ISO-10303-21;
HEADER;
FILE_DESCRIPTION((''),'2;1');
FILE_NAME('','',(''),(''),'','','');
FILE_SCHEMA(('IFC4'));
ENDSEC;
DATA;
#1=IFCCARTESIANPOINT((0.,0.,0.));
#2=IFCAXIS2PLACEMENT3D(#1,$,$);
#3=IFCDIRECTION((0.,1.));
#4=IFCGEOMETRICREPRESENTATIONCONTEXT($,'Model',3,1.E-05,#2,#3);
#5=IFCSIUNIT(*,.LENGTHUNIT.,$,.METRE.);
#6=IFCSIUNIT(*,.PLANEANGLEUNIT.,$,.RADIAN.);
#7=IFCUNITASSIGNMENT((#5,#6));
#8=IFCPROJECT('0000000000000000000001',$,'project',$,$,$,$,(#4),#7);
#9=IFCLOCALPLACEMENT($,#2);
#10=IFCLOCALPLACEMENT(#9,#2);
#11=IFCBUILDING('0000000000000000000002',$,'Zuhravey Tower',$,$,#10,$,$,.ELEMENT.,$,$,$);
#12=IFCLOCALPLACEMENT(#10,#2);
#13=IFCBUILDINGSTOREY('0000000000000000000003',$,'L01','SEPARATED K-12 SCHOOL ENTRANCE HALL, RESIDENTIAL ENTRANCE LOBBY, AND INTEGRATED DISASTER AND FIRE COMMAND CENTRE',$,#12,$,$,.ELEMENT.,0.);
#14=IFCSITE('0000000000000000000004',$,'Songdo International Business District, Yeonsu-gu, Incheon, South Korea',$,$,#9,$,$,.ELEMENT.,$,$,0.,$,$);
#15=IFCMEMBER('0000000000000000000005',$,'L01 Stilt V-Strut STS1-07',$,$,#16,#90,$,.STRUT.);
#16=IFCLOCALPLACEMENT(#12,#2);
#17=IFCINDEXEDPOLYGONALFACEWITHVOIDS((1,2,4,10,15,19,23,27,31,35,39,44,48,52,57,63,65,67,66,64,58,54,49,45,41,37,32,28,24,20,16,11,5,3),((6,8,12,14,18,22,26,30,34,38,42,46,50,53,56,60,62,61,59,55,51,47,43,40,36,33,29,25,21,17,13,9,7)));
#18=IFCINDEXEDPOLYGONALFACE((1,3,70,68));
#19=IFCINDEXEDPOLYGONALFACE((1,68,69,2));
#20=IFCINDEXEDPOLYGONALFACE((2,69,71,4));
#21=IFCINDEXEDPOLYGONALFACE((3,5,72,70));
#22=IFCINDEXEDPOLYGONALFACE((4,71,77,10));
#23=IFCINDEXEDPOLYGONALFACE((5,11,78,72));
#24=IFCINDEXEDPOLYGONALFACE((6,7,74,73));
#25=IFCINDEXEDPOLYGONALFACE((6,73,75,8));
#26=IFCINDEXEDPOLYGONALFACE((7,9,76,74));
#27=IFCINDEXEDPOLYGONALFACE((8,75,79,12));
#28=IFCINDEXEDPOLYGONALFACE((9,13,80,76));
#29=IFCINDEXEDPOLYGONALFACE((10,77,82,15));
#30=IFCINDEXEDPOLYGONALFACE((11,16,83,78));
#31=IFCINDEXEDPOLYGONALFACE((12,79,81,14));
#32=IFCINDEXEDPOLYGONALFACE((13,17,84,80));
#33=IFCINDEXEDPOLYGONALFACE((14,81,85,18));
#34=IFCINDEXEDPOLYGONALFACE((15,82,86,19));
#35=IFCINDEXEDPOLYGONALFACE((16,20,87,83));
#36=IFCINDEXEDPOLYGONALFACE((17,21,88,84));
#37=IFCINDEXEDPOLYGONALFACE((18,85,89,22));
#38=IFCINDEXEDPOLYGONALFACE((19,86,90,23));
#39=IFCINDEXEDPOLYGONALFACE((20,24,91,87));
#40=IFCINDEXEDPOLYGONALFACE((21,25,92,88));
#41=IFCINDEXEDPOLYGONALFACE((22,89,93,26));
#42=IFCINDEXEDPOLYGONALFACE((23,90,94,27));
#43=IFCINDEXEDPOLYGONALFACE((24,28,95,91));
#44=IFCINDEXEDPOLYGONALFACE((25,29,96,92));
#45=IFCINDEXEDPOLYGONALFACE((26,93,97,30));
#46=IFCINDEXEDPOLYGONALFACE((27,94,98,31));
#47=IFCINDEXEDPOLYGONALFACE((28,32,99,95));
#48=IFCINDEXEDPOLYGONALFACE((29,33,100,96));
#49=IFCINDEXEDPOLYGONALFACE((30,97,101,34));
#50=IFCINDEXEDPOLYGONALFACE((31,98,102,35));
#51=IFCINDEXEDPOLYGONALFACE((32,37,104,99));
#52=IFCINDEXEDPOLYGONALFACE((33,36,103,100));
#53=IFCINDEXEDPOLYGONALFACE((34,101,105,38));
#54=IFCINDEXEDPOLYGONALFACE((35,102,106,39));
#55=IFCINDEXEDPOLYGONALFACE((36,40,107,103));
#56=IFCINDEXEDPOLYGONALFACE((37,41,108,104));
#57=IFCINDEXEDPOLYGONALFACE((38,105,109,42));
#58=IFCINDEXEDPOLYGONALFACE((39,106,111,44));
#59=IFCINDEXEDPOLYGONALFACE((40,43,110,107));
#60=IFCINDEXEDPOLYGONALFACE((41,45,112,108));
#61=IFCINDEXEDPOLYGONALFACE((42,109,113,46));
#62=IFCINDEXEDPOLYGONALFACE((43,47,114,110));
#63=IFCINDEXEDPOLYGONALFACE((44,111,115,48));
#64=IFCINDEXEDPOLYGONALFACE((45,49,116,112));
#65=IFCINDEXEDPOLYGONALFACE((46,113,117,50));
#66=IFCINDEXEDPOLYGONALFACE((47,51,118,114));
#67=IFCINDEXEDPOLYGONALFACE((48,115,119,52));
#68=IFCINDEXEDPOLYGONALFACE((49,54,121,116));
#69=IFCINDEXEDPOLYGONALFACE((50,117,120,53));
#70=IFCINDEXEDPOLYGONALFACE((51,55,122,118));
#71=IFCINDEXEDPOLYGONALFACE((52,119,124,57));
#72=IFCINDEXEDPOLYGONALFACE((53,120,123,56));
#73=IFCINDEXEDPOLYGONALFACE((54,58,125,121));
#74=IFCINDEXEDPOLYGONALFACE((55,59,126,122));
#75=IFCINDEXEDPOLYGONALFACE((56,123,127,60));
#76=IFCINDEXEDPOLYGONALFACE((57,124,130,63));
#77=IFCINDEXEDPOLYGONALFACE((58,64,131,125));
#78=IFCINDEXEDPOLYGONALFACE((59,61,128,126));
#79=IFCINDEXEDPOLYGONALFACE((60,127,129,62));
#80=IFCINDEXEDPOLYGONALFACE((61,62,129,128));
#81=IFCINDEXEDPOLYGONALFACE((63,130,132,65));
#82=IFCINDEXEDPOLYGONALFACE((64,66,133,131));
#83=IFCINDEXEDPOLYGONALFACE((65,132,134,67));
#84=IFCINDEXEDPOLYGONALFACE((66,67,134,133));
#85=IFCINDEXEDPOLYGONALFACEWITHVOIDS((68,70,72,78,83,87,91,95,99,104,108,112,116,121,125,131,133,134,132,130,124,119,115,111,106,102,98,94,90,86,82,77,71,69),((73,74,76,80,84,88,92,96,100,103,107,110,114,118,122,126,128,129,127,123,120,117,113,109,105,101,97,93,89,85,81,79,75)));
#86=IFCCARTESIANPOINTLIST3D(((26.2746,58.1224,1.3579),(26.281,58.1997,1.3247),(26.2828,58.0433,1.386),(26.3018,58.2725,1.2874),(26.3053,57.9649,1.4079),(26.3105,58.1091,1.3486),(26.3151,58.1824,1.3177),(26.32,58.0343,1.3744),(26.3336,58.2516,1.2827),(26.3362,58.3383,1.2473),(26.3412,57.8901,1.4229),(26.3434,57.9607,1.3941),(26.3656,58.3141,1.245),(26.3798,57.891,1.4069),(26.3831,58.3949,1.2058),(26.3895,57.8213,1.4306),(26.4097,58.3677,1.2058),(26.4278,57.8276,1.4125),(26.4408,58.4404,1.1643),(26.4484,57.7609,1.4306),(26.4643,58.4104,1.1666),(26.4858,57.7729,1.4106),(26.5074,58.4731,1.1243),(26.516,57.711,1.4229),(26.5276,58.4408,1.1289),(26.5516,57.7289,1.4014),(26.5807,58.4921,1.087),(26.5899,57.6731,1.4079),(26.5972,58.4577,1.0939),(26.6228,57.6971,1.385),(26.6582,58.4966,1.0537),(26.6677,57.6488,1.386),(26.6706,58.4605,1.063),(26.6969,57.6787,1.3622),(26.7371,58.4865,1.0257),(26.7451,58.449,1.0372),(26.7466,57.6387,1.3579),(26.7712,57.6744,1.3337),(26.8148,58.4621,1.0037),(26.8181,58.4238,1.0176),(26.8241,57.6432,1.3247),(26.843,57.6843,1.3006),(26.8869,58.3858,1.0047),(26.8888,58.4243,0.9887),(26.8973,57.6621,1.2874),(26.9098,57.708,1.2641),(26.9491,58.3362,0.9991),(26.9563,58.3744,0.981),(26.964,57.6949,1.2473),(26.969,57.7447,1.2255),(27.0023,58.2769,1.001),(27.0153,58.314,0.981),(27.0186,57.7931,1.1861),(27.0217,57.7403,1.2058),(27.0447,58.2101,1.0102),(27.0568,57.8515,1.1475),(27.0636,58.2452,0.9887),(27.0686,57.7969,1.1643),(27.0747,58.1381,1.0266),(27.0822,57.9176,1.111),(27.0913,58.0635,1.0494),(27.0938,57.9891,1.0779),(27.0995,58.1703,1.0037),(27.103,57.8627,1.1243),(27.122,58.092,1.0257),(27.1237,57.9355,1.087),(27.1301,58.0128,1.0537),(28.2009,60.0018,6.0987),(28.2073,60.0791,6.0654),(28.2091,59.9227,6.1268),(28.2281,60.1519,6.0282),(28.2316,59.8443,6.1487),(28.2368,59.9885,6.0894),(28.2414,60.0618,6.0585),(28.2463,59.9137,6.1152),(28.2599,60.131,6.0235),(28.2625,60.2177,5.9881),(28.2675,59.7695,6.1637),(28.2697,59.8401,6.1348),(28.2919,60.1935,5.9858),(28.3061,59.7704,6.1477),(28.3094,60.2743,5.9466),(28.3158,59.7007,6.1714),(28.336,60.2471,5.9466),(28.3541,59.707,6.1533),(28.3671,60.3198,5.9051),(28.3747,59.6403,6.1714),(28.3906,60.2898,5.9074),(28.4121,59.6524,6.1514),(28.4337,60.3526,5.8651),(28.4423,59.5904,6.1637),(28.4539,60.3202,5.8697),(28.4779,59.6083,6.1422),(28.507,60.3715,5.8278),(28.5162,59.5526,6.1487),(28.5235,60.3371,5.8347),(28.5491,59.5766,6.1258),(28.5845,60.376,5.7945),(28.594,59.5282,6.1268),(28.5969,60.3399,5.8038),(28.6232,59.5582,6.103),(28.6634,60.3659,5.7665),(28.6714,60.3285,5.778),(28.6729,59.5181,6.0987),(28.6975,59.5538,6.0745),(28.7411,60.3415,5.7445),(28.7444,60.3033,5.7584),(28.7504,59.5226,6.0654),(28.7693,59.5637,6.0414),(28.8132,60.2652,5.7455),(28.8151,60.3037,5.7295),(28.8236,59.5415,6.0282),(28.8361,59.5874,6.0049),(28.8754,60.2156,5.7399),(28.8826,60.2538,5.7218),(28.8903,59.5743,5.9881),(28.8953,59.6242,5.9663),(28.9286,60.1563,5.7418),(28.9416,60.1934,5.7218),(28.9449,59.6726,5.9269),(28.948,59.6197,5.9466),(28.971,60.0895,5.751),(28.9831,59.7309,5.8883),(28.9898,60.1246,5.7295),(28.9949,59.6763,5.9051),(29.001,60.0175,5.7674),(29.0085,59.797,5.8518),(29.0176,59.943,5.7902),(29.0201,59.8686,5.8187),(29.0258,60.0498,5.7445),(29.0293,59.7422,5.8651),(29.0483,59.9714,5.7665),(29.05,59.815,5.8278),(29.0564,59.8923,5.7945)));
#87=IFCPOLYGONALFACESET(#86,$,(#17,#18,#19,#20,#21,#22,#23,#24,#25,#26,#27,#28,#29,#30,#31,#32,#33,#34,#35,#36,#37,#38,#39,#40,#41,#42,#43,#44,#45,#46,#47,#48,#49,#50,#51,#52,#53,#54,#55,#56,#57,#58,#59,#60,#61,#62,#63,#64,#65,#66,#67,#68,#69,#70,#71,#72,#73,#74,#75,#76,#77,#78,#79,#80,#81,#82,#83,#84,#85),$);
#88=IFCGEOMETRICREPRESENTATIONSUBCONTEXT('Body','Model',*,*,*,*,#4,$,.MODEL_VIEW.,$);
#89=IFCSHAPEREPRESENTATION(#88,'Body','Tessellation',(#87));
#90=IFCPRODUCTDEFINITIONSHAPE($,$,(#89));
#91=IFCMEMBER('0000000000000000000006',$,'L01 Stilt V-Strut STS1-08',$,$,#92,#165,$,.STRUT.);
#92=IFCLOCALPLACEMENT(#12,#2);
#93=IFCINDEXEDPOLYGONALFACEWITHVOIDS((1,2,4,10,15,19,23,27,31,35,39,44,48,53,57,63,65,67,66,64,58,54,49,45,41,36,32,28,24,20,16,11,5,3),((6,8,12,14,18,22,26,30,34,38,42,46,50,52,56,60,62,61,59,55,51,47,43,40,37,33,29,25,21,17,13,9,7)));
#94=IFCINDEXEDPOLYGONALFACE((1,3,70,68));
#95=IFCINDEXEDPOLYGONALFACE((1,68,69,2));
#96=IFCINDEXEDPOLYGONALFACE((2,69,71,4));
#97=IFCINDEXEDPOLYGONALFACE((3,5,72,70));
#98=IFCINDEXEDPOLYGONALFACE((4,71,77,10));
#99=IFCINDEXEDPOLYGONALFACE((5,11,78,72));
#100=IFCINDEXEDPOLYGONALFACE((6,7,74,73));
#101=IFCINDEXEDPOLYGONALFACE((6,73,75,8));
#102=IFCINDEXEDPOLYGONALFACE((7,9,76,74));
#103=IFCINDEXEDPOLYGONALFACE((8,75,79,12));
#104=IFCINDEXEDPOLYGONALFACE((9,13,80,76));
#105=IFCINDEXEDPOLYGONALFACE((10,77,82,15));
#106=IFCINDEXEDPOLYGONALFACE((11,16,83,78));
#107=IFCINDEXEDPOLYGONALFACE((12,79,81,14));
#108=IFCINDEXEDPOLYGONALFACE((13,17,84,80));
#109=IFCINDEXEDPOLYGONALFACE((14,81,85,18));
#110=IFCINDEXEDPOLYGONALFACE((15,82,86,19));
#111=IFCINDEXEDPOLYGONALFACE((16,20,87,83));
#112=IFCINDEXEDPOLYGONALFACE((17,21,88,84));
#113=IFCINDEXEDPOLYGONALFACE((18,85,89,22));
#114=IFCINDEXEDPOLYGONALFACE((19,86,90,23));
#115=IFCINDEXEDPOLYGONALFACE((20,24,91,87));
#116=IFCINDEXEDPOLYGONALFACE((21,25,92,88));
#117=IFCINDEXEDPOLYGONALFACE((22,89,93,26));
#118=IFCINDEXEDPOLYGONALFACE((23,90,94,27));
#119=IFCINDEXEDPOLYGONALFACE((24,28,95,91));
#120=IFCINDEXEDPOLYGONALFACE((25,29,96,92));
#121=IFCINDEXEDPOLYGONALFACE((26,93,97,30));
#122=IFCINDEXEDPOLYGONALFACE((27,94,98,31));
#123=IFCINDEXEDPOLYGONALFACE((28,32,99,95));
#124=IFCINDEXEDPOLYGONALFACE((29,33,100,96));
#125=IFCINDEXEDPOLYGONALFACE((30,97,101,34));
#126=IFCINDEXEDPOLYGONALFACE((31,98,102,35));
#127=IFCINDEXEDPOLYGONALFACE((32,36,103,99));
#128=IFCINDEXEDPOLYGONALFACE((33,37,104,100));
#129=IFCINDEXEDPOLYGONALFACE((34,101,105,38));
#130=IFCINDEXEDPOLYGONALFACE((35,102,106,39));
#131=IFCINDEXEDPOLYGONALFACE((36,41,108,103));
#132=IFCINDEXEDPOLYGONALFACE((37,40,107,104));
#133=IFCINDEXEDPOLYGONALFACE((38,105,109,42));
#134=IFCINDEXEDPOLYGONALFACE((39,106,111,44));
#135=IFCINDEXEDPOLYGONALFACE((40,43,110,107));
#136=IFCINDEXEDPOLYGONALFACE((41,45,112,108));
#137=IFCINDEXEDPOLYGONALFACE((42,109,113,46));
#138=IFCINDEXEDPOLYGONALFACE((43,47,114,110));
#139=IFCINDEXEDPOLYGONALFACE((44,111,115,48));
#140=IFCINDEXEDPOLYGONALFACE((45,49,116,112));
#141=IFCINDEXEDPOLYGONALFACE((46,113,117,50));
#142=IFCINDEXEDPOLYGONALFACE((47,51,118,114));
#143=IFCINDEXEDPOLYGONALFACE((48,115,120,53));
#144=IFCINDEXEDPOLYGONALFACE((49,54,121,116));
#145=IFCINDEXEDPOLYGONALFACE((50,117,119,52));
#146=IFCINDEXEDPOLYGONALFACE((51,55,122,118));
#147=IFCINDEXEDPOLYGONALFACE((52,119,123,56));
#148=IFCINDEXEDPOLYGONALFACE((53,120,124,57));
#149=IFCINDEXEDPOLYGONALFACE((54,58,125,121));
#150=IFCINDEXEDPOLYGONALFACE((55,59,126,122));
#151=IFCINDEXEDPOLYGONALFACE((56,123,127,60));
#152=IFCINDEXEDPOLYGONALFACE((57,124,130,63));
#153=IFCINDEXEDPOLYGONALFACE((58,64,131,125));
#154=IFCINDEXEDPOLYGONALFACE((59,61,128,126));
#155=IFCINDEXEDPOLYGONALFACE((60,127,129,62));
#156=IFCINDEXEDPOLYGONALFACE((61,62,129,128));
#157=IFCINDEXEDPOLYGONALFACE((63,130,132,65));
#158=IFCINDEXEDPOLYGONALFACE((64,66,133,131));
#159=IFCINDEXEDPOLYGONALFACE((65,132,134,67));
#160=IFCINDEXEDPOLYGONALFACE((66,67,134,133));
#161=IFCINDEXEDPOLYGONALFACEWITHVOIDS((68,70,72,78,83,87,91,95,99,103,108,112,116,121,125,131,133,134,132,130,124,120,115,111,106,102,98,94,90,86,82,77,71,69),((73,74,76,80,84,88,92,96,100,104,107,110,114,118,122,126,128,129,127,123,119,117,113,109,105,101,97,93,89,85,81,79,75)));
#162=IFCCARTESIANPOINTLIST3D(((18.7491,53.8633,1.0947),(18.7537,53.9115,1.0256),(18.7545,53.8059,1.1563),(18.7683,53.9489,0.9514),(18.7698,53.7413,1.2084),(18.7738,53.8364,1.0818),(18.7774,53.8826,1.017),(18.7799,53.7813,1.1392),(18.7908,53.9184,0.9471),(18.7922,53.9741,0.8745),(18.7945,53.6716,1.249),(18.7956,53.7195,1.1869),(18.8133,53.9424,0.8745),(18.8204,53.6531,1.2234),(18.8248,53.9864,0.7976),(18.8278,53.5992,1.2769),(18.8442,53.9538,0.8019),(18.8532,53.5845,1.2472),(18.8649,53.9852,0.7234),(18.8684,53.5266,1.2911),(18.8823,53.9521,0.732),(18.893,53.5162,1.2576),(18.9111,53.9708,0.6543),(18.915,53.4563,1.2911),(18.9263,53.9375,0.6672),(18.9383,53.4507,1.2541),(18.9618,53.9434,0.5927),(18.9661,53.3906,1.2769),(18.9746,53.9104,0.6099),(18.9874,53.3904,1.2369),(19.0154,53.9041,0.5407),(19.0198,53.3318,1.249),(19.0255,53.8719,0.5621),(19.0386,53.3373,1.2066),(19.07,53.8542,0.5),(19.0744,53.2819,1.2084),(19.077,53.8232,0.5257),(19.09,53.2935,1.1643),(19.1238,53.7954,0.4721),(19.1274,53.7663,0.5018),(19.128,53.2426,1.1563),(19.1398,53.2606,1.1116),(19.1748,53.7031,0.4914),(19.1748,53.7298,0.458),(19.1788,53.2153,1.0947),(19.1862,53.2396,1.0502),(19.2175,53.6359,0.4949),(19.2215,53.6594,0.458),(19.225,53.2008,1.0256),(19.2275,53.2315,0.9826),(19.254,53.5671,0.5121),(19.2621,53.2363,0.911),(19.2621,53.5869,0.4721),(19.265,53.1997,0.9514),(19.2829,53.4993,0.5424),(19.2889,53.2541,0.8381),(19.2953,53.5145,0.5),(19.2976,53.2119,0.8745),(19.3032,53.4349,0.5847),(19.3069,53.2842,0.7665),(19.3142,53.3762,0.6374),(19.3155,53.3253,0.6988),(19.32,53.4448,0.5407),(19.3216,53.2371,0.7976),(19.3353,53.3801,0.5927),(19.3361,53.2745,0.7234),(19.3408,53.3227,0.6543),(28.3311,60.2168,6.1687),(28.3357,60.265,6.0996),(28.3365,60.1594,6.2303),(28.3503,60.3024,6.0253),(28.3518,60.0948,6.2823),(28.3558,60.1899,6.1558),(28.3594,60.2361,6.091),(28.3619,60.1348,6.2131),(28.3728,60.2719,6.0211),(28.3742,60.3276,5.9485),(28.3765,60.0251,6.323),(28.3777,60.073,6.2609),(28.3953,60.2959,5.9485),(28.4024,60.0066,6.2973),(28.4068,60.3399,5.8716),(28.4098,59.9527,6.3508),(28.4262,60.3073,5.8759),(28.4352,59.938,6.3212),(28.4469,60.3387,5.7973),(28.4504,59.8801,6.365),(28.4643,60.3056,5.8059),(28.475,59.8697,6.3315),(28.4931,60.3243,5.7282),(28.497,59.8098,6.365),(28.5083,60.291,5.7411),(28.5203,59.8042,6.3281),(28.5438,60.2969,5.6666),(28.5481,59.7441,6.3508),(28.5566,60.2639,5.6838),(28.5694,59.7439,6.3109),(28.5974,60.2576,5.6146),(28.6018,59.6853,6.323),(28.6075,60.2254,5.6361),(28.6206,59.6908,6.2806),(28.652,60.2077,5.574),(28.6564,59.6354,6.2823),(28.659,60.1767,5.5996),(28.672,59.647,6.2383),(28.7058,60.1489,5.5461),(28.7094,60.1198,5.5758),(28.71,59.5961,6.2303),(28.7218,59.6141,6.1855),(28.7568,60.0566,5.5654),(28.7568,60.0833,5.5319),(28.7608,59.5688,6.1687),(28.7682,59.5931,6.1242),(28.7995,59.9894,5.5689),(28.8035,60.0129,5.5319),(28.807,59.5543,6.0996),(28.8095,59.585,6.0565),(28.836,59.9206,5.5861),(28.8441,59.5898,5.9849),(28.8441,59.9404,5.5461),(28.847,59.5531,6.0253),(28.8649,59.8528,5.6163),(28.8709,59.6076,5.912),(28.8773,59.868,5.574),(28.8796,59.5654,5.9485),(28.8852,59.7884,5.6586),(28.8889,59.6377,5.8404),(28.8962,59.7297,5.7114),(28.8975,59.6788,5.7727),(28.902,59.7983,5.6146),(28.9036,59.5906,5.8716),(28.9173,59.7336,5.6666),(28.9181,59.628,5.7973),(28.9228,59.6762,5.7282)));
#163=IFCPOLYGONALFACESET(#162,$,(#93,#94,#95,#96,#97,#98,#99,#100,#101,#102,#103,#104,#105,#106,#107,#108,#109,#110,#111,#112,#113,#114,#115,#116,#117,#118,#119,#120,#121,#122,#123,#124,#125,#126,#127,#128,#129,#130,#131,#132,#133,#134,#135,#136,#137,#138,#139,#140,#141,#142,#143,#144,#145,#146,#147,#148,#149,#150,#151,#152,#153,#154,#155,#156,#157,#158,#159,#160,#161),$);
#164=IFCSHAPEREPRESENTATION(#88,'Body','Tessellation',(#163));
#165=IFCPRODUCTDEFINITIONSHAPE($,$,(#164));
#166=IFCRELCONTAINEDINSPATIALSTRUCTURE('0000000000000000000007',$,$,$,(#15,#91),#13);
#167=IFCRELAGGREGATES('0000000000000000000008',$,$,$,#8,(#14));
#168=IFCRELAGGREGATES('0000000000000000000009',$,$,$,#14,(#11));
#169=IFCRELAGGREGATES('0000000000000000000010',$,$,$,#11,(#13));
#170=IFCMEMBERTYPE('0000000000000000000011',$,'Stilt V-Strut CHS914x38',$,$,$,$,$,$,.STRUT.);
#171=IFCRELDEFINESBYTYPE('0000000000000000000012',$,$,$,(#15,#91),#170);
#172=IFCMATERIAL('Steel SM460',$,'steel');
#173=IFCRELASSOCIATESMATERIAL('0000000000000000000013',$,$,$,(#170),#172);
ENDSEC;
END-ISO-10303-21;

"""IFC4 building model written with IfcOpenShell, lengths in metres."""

from ifc_helpers import new_model, si_unit, direction, frame, origin, origin_2d, place, context, subcontext, project, spatial, hollow_circle, extrude, material, material_profile, profile_set, type_object, element, save


model = new_model("IFC4")

# Units and contexts
model_context = context("Model", 3, precision=1e-05, world=origin(), true_north=direction((0.0, 1.0)))
body_context = subcontext(model_context, "Body", "Model", "MODEL_VIEW")
ifc_project = project(units=[si_unit("LENGTHUNIT", "METRE"), si_unit("PLANEANGLEUNIT", "RADIAN")], contexts=[model_context])

# Site, building, storey
site_placement = place(None, origin())
site = spatial("IfcSite", under=ifc_project, at=site_placement, Name="Songdo International Business District, Yeonsu-gu, Incheon, South Korea", CompositionType="ELEMENT", RefElevation=0.0)
building_placement = place(site_placement, origin())
building = spatial("IfcBuilding", under=site, at=building_placement, Name="Zuhravey Tower", CompositionType="ELEMENT")
storey_placement = place(building_placement, origin())
storey = spatial("IfcBuildingStorey", under=building, at=storey_placement, Name="L01", Description="SEPARATED K-12 SCHOOL ENTRANCE HALL, RESIDENTIAL ENTRANCE LOBBY, AND INTEGRATED DISASTER AND FIRE COMMAND CENTRE", CompositionType="ELEMENT", Elevation=0.0)

# Shared definitions
ifc_material_1 = material(Name="Steel SM460", Category="steel")

# Members
ifc_material_profile_1 = material_profile(ifc_material_1, hollow_circle(Radius=0.4573, WallThickness=0.0381, at=origin_2d()), Name="CHS-914.4x38")
ifc_profile_set_1 = profile_set([ifc_material_profile_1], Name="Steel SM460")
member_type = type_object("IfcMemberType", Name="Stilt V-Strut CHS914x38", PredefinedType="STRUT", material=ifc_profile_set_1)
member_1_placement = place(storey_placement, frame((26.7024, 58.0676, 1.2058), z_axis=(0.353357, 0.344758, 0.869644), x_axis=(-0.698344, 0.715762, 0.0)))
element("IfcMember", 1, at=member_1_placement, inside=storey, type_object=member_type, Name="L01 Stilt V-Strut STS1-07", PredefinedType="STRUT", context=body_context, shape_type="SweptSolid", body=[
    extrude(hollow_circle(Radius=0.4573, WallThickness=0.0381, at=origin_2d()), origin(), (0.0, 0.0, 1.0), 5.4514),
])
member_2_placement = place(storey_placement, frame((19.0449, 53.593, 0.8745), z_axis=(0.76248, 0.505574, 0.403756), x_axis=(-0.552621, 0.833433, 0.0)))
element("IfcMember", 2, at=member_2_placement, inside=storey, type_object=member_type, Name="L01 Stilt V-Strut STS1-08", PredefinedType="STRUT", context=body_context, shape_type="SweptSolid", body=[
    extrude(hollow_circle(Radius=0.4573, WallThickness=0.0381, at=origin_2d()), origin(), (0.0, 0.0, 1.0), 12.5669),
])

save(model, "model.ifc")
